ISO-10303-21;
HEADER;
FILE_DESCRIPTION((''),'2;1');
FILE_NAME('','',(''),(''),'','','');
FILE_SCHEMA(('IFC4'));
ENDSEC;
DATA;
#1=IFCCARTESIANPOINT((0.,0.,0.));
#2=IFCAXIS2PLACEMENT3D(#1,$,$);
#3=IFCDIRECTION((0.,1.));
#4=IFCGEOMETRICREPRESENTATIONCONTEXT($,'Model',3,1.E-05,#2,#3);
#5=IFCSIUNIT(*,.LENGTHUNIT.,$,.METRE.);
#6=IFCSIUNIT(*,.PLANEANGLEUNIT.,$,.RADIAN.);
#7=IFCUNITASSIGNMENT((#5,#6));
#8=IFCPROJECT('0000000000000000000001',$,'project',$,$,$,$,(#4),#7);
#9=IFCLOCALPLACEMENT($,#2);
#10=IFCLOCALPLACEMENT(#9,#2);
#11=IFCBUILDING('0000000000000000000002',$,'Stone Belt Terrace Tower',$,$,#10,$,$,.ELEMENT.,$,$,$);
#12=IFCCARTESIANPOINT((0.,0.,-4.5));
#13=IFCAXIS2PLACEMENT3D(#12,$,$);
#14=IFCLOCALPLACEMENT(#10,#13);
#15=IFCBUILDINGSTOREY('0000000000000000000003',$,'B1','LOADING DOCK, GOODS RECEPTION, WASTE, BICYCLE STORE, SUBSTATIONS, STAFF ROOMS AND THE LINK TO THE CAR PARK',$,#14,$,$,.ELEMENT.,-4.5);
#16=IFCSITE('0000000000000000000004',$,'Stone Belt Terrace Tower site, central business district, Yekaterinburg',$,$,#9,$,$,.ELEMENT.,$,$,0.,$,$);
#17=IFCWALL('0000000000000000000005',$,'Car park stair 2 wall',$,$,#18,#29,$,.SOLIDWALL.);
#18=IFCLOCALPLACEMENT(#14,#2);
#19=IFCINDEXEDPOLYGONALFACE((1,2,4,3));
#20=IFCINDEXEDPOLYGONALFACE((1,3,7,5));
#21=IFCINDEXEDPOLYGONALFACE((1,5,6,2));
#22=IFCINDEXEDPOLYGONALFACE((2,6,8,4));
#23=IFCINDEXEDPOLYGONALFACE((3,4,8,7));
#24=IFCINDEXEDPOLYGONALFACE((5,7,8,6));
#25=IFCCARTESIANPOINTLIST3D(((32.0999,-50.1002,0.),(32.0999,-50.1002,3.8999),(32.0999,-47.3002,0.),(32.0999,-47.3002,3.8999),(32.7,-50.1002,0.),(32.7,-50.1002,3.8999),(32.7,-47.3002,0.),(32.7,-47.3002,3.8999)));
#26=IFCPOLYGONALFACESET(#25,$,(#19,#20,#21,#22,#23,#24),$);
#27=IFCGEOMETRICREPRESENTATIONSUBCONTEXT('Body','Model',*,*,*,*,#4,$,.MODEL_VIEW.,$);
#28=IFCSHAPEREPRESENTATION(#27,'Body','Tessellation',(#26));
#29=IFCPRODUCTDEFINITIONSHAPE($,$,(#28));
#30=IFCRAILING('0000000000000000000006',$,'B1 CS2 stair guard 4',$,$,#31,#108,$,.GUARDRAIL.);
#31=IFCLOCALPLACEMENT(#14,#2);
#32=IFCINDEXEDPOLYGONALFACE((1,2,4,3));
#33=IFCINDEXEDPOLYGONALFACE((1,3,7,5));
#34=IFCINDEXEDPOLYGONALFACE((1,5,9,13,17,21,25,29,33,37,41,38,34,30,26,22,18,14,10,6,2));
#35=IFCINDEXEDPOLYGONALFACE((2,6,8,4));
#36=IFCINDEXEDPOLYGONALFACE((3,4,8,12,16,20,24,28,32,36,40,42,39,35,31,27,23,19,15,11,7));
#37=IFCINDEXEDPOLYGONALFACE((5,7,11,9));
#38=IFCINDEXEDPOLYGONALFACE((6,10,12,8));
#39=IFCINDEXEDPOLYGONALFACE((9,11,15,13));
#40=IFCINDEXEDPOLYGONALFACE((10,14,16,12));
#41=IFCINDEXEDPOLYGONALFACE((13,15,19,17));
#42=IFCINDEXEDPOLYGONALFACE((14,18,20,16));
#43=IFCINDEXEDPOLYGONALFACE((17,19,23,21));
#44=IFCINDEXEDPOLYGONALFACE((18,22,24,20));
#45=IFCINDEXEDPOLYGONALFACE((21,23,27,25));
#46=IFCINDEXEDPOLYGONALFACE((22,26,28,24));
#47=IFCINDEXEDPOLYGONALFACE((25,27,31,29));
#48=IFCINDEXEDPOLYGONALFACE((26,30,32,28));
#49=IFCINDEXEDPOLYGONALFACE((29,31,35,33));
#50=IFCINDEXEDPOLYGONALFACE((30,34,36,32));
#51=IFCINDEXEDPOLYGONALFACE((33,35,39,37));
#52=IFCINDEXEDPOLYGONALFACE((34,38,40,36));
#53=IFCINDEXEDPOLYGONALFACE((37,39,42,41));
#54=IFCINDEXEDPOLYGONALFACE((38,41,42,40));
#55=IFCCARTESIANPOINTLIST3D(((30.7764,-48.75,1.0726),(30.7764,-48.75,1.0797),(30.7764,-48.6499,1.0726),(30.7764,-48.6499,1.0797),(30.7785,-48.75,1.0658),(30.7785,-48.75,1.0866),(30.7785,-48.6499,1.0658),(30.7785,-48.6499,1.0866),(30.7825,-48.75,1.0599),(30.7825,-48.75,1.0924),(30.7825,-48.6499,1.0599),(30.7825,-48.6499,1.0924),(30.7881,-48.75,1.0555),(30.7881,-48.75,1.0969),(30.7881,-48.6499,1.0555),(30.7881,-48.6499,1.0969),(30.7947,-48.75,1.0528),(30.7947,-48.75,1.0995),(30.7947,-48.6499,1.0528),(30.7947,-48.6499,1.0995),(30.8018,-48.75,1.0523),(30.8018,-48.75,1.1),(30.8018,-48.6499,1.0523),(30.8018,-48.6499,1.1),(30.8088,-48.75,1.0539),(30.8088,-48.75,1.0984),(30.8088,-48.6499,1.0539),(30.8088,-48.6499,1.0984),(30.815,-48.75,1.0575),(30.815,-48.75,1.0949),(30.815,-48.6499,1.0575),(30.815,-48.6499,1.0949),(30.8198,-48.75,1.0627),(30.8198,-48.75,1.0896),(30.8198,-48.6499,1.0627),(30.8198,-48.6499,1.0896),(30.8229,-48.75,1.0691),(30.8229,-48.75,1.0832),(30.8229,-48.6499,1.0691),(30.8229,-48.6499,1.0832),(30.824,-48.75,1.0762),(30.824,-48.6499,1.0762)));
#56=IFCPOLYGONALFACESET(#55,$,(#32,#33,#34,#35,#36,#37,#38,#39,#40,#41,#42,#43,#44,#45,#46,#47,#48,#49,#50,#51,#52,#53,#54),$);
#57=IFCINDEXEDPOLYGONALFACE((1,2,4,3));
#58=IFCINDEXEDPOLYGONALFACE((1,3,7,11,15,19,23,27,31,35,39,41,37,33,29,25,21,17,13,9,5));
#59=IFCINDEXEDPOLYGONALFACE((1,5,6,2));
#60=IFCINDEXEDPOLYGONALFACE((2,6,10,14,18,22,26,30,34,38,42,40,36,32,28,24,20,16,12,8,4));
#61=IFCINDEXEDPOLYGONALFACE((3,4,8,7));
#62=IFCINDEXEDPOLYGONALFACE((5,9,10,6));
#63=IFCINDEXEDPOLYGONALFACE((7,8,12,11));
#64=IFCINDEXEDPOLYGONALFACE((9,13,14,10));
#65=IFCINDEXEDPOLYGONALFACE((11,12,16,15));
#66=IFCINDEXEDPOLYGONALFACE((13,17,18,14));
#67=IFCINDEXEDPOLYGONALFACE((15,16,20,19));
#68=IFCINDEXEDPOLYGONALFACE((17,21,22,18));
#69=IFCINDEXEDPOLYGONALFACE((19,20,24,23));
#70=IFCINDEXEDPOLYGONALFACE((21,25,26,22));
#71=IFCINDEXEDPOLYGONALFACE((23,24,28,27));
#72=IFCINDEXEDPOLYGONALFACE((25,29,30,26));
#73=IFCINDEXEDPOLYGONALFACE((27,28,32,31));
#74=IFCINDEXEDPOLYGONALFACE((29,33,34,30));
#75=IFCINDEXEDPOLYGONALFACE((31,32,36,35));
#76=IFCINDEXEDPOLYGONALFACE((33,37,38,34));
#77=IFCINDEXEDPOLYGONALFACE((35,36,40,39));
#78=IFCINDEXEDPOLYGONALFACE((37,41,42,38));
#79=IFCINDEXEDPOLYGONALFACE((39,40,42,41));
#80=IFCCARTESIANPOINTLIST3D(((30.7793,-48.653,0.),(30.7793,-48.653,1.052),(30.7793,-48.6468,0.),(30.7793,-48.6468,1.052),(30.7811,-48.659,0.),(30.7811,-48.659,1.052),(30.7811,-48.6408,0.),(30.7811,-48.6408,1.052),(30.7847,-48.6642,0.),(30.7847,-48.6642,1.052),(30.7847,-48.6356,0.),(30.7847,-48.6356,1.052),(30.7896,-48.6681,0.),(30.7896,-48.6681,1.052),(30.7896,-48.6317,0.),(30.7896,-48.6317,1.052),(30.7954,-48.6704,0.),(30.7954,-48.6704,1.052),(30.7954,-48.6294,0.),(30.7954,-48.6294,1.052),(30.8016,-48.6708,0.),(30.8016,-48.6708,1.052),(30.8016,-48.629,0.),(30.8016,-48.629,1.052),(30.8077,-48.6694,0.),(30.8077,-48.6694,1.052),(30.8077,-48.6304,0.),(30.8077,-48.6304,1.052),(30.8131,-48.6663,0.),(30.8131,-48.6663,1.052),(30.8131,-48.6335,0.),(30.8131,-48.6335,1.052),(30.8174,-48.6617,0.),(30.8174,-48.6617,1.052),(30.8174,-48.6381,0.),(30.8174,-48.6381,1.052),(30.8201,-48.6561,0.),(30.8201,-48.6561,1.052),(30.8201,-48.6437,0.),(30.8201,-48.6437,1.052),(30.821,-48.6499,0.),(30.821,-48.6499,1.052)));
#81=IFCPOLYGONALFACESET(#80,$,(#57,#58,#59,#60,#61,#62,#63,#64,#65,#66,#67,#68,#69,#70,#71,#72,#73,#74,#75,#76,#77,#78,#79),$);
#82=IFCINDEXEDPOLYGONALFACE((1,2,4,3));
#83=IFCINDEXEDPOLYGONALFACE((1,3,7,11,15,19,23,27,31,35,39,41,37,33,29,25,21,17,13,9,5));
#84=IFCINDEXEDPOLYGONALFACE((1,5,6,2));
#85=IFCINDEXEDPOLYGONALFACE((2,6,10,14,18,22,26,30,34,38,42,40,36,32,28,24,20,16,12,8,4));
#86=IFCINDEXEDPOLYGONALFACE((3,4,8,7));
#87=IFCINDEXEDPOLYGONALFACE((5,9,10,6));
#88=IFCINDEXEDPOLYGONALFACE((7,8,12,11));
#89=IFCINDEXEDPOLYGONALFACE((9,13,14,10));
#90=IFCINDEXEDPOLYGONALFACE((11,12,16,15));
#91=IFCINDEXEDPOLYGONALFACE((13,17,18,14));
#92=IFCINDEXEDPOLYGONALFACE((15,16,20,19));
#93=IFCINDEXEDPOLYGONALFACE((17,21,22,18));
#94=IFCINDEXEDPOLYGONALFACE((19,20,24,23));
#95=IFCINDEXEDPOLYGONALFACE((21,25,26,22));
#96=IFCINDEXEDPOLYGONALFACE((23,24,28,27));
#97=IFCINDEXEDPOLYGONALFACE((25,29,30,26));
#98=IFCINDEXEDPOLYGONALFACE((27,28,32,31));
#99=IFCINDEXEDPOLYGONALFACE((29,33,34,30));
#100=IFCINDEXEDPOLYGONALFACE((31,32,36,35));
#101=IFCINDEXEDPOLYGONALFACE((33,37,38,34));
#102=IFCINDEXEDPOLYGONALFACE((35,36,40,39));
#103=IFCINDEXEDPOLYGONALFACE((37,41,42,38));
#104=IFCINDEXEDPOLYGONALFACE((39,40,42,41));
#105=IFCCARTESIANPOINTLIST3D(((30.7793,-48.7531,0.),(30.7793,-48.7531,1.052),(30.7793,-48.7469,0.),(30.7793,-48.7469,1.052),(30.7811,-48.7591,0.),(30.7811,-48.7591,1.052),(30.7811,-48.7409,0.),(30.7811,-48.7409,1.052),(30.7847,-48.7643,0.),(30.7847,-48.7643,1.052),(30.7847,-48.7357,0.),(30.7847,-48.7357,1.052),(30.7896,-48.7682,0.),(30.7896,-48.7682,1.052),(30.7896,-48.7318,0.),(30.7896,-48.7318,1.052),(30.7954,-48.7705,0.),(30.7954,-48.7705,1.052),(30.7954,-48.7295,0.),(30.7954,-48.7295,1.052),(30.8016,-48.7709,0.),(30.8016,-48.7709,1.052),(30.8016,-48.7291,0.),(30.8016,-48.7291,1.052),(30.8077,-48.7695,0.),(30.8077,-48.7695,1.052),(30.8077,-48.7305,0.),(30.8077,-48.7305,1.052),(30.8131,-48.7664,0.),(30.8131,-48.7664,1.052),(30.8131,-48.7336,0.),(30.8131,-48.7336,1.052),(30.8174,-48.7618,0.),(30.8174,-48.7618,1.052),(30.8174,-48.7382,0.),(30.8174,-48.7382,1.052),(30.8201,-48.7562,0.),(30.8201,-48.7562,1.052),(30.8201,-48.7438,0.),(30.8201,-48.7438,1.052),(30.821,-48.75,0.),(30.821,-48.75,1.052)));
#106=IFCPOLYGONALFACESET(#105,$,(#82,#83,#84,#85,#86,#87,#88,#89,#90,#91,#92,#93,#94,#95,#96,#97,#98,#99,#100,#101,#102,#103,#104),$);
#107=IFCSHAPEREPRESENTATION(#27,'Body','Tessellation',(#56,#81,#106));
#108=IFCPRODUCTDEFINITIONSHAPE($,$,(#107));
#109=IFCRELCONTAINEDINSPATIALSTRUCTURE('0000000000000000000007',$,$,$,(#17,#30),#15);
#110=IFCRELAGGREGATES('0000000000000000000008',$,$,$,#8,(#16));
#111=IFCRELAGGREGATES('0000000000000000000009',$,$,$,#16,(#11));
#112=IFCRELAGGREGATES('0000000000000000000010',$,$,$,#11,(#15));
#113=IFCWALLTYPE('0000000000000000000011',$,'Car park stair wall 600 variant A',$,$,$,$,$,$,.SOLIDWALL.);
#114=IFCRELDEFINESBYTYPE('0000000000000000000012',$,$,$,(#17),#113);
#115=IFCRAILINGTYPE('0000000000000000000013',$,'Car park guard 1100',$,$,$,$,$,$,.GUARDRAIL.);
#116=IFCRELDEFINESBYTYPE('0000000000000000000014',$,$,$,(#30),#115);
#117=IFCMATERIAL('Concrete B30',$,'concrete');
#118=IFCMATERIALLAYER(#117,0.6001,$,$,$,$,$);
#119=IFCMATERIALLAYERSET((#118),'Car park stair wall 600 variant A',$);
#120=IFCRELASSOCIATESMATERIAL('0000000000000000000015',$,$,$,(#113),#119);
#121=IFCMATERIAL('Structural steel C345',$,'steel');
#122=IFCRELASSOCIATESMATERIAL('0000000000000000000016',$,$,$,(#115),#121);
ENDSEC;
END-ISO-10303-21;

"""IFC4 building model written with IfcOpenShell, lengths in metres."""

from ifc_helpers import new_model, si_unit, direction, frame, frame_2d, origin, origin_2d, place, context, subcontext, project, spatial, rectangle, circle, extrude, material, layer, layer_set, type_object, element, save


model = new_model("IFC4")

# Units and contexts
model_context = context("Model", 3, precision=1e-05, world=origin(), true_north=direction((0.0, 1.0)))
body_context = subcontext(model_context, "Body", "Model", "MODEL_VIEW")
ifc_project = project(units=[si_unit("LENGTHUNIT", "METRE"), si_unit("PLANEANGLEUNIT", "RADIAN")], contexts=[model_context])

# Site, building, storey
site_placement = place(None, origin())
site = spatial("IfcSite", under=ifc_project, at=site_placement, Name="Stone Belt Terrace Tower site, central business district, Yekaterinburg", CompositionType="ELEMENT", RefElevation=0.0)
building_placement = place(site_placement, origin())
building = spatial("IfcBuilding", under=site, at=building_placement, Name="Stone Belt Terrace Tower", CompositionType="ELEMENT")
storey_placement = place(building_placement, frame((0.0, 0.0, -4.5)))
storey = spatial("IfcBuildingStorey", under=building, at=storey_placement, Name="B1", Description="LOADING DOCK, GOODS RECEPTION, WASTE, BICYCLE STORE, SUBSTATIONS, STAFF ROOMS AND THE LINK TO THE CAR PARK", CompositionType="ELEMENT", Elevation=-4.5)

# Shared definitions
ifc_material_1 = material(Name="Concrete B30", Category="concrete")

# Wall
ifc_layer_1 = layer(ifc_material_1, 0.6001)
ifc_layer_set_1 = layer_set([ifc_layer_1], Name="Car park stair wall 600 variant A")
wall_type_1 = type_object("IfcWallType", Name="Car park stair wall 600 variant A", PredefinedType="SOLIDWALL", material=ifc_layer_set_1)
wall_1_placement = place(storey_placement, frame((32.3999, -50.1001, 0.0), z_axis=(0.0, 0.0, 1.0), x_axis=(0.0, 1.0, 0.0)))
element("IfcWall", 1, at=wall_1_placement, inside=storey, type_object=wall_type_1, Name="Car park stair 2 wall", PredefinedType="SOLIDWALL", context=body_context, shape_type="SweptSolid", body=[
    extrude(rectangle(XDim=2.8, YDim=0.6001, at=frame_2d((1.3999, 0.0))), origin(), (0.0, 0.0, 1.0), 3.8999),
])

# Railing
ifc_material_2 = material(Name="Structural steel C345", Category="steel")
railing_type_1 = type_object("IfcRailingType", Name="Car park guard 1100", PredefinedType="GUARDRAIL", material=ifc_material_2)
railing_1_placement = place(storey_placement, frame((30.8, -48.6499, 0.0)))
element("IfcRailing", 2, at=railing_1_placement, inside=storey, type_object=railing_type_1, Name="B1 CS2 stair guard 4", PredefinedType="GUARDRAIL", context=body_context, shape_type="SweptSolid", body=[
    extrude(circle(Radius=0.0239, at=origin_2d()), frame((0.0, 0.0, 1.0762), z_axis=(0.0, -1.0, 0.0), x_axis=(1.0, 0.0, 0.0)), (0.0, 0.0, 1.0), 0.1001),
    extrude(circle(Radius=0.021, at=origin_2d()), origin(), (0.0, 0.0, 1.0), 1.052),
    extrude(circle(Radius=0.021, at=origin_2d()), frame((0.0, -0.1001, 0.0)), (0.0, 0.0, 1.0), 1.052),
])

save(model, "model.ifc")
